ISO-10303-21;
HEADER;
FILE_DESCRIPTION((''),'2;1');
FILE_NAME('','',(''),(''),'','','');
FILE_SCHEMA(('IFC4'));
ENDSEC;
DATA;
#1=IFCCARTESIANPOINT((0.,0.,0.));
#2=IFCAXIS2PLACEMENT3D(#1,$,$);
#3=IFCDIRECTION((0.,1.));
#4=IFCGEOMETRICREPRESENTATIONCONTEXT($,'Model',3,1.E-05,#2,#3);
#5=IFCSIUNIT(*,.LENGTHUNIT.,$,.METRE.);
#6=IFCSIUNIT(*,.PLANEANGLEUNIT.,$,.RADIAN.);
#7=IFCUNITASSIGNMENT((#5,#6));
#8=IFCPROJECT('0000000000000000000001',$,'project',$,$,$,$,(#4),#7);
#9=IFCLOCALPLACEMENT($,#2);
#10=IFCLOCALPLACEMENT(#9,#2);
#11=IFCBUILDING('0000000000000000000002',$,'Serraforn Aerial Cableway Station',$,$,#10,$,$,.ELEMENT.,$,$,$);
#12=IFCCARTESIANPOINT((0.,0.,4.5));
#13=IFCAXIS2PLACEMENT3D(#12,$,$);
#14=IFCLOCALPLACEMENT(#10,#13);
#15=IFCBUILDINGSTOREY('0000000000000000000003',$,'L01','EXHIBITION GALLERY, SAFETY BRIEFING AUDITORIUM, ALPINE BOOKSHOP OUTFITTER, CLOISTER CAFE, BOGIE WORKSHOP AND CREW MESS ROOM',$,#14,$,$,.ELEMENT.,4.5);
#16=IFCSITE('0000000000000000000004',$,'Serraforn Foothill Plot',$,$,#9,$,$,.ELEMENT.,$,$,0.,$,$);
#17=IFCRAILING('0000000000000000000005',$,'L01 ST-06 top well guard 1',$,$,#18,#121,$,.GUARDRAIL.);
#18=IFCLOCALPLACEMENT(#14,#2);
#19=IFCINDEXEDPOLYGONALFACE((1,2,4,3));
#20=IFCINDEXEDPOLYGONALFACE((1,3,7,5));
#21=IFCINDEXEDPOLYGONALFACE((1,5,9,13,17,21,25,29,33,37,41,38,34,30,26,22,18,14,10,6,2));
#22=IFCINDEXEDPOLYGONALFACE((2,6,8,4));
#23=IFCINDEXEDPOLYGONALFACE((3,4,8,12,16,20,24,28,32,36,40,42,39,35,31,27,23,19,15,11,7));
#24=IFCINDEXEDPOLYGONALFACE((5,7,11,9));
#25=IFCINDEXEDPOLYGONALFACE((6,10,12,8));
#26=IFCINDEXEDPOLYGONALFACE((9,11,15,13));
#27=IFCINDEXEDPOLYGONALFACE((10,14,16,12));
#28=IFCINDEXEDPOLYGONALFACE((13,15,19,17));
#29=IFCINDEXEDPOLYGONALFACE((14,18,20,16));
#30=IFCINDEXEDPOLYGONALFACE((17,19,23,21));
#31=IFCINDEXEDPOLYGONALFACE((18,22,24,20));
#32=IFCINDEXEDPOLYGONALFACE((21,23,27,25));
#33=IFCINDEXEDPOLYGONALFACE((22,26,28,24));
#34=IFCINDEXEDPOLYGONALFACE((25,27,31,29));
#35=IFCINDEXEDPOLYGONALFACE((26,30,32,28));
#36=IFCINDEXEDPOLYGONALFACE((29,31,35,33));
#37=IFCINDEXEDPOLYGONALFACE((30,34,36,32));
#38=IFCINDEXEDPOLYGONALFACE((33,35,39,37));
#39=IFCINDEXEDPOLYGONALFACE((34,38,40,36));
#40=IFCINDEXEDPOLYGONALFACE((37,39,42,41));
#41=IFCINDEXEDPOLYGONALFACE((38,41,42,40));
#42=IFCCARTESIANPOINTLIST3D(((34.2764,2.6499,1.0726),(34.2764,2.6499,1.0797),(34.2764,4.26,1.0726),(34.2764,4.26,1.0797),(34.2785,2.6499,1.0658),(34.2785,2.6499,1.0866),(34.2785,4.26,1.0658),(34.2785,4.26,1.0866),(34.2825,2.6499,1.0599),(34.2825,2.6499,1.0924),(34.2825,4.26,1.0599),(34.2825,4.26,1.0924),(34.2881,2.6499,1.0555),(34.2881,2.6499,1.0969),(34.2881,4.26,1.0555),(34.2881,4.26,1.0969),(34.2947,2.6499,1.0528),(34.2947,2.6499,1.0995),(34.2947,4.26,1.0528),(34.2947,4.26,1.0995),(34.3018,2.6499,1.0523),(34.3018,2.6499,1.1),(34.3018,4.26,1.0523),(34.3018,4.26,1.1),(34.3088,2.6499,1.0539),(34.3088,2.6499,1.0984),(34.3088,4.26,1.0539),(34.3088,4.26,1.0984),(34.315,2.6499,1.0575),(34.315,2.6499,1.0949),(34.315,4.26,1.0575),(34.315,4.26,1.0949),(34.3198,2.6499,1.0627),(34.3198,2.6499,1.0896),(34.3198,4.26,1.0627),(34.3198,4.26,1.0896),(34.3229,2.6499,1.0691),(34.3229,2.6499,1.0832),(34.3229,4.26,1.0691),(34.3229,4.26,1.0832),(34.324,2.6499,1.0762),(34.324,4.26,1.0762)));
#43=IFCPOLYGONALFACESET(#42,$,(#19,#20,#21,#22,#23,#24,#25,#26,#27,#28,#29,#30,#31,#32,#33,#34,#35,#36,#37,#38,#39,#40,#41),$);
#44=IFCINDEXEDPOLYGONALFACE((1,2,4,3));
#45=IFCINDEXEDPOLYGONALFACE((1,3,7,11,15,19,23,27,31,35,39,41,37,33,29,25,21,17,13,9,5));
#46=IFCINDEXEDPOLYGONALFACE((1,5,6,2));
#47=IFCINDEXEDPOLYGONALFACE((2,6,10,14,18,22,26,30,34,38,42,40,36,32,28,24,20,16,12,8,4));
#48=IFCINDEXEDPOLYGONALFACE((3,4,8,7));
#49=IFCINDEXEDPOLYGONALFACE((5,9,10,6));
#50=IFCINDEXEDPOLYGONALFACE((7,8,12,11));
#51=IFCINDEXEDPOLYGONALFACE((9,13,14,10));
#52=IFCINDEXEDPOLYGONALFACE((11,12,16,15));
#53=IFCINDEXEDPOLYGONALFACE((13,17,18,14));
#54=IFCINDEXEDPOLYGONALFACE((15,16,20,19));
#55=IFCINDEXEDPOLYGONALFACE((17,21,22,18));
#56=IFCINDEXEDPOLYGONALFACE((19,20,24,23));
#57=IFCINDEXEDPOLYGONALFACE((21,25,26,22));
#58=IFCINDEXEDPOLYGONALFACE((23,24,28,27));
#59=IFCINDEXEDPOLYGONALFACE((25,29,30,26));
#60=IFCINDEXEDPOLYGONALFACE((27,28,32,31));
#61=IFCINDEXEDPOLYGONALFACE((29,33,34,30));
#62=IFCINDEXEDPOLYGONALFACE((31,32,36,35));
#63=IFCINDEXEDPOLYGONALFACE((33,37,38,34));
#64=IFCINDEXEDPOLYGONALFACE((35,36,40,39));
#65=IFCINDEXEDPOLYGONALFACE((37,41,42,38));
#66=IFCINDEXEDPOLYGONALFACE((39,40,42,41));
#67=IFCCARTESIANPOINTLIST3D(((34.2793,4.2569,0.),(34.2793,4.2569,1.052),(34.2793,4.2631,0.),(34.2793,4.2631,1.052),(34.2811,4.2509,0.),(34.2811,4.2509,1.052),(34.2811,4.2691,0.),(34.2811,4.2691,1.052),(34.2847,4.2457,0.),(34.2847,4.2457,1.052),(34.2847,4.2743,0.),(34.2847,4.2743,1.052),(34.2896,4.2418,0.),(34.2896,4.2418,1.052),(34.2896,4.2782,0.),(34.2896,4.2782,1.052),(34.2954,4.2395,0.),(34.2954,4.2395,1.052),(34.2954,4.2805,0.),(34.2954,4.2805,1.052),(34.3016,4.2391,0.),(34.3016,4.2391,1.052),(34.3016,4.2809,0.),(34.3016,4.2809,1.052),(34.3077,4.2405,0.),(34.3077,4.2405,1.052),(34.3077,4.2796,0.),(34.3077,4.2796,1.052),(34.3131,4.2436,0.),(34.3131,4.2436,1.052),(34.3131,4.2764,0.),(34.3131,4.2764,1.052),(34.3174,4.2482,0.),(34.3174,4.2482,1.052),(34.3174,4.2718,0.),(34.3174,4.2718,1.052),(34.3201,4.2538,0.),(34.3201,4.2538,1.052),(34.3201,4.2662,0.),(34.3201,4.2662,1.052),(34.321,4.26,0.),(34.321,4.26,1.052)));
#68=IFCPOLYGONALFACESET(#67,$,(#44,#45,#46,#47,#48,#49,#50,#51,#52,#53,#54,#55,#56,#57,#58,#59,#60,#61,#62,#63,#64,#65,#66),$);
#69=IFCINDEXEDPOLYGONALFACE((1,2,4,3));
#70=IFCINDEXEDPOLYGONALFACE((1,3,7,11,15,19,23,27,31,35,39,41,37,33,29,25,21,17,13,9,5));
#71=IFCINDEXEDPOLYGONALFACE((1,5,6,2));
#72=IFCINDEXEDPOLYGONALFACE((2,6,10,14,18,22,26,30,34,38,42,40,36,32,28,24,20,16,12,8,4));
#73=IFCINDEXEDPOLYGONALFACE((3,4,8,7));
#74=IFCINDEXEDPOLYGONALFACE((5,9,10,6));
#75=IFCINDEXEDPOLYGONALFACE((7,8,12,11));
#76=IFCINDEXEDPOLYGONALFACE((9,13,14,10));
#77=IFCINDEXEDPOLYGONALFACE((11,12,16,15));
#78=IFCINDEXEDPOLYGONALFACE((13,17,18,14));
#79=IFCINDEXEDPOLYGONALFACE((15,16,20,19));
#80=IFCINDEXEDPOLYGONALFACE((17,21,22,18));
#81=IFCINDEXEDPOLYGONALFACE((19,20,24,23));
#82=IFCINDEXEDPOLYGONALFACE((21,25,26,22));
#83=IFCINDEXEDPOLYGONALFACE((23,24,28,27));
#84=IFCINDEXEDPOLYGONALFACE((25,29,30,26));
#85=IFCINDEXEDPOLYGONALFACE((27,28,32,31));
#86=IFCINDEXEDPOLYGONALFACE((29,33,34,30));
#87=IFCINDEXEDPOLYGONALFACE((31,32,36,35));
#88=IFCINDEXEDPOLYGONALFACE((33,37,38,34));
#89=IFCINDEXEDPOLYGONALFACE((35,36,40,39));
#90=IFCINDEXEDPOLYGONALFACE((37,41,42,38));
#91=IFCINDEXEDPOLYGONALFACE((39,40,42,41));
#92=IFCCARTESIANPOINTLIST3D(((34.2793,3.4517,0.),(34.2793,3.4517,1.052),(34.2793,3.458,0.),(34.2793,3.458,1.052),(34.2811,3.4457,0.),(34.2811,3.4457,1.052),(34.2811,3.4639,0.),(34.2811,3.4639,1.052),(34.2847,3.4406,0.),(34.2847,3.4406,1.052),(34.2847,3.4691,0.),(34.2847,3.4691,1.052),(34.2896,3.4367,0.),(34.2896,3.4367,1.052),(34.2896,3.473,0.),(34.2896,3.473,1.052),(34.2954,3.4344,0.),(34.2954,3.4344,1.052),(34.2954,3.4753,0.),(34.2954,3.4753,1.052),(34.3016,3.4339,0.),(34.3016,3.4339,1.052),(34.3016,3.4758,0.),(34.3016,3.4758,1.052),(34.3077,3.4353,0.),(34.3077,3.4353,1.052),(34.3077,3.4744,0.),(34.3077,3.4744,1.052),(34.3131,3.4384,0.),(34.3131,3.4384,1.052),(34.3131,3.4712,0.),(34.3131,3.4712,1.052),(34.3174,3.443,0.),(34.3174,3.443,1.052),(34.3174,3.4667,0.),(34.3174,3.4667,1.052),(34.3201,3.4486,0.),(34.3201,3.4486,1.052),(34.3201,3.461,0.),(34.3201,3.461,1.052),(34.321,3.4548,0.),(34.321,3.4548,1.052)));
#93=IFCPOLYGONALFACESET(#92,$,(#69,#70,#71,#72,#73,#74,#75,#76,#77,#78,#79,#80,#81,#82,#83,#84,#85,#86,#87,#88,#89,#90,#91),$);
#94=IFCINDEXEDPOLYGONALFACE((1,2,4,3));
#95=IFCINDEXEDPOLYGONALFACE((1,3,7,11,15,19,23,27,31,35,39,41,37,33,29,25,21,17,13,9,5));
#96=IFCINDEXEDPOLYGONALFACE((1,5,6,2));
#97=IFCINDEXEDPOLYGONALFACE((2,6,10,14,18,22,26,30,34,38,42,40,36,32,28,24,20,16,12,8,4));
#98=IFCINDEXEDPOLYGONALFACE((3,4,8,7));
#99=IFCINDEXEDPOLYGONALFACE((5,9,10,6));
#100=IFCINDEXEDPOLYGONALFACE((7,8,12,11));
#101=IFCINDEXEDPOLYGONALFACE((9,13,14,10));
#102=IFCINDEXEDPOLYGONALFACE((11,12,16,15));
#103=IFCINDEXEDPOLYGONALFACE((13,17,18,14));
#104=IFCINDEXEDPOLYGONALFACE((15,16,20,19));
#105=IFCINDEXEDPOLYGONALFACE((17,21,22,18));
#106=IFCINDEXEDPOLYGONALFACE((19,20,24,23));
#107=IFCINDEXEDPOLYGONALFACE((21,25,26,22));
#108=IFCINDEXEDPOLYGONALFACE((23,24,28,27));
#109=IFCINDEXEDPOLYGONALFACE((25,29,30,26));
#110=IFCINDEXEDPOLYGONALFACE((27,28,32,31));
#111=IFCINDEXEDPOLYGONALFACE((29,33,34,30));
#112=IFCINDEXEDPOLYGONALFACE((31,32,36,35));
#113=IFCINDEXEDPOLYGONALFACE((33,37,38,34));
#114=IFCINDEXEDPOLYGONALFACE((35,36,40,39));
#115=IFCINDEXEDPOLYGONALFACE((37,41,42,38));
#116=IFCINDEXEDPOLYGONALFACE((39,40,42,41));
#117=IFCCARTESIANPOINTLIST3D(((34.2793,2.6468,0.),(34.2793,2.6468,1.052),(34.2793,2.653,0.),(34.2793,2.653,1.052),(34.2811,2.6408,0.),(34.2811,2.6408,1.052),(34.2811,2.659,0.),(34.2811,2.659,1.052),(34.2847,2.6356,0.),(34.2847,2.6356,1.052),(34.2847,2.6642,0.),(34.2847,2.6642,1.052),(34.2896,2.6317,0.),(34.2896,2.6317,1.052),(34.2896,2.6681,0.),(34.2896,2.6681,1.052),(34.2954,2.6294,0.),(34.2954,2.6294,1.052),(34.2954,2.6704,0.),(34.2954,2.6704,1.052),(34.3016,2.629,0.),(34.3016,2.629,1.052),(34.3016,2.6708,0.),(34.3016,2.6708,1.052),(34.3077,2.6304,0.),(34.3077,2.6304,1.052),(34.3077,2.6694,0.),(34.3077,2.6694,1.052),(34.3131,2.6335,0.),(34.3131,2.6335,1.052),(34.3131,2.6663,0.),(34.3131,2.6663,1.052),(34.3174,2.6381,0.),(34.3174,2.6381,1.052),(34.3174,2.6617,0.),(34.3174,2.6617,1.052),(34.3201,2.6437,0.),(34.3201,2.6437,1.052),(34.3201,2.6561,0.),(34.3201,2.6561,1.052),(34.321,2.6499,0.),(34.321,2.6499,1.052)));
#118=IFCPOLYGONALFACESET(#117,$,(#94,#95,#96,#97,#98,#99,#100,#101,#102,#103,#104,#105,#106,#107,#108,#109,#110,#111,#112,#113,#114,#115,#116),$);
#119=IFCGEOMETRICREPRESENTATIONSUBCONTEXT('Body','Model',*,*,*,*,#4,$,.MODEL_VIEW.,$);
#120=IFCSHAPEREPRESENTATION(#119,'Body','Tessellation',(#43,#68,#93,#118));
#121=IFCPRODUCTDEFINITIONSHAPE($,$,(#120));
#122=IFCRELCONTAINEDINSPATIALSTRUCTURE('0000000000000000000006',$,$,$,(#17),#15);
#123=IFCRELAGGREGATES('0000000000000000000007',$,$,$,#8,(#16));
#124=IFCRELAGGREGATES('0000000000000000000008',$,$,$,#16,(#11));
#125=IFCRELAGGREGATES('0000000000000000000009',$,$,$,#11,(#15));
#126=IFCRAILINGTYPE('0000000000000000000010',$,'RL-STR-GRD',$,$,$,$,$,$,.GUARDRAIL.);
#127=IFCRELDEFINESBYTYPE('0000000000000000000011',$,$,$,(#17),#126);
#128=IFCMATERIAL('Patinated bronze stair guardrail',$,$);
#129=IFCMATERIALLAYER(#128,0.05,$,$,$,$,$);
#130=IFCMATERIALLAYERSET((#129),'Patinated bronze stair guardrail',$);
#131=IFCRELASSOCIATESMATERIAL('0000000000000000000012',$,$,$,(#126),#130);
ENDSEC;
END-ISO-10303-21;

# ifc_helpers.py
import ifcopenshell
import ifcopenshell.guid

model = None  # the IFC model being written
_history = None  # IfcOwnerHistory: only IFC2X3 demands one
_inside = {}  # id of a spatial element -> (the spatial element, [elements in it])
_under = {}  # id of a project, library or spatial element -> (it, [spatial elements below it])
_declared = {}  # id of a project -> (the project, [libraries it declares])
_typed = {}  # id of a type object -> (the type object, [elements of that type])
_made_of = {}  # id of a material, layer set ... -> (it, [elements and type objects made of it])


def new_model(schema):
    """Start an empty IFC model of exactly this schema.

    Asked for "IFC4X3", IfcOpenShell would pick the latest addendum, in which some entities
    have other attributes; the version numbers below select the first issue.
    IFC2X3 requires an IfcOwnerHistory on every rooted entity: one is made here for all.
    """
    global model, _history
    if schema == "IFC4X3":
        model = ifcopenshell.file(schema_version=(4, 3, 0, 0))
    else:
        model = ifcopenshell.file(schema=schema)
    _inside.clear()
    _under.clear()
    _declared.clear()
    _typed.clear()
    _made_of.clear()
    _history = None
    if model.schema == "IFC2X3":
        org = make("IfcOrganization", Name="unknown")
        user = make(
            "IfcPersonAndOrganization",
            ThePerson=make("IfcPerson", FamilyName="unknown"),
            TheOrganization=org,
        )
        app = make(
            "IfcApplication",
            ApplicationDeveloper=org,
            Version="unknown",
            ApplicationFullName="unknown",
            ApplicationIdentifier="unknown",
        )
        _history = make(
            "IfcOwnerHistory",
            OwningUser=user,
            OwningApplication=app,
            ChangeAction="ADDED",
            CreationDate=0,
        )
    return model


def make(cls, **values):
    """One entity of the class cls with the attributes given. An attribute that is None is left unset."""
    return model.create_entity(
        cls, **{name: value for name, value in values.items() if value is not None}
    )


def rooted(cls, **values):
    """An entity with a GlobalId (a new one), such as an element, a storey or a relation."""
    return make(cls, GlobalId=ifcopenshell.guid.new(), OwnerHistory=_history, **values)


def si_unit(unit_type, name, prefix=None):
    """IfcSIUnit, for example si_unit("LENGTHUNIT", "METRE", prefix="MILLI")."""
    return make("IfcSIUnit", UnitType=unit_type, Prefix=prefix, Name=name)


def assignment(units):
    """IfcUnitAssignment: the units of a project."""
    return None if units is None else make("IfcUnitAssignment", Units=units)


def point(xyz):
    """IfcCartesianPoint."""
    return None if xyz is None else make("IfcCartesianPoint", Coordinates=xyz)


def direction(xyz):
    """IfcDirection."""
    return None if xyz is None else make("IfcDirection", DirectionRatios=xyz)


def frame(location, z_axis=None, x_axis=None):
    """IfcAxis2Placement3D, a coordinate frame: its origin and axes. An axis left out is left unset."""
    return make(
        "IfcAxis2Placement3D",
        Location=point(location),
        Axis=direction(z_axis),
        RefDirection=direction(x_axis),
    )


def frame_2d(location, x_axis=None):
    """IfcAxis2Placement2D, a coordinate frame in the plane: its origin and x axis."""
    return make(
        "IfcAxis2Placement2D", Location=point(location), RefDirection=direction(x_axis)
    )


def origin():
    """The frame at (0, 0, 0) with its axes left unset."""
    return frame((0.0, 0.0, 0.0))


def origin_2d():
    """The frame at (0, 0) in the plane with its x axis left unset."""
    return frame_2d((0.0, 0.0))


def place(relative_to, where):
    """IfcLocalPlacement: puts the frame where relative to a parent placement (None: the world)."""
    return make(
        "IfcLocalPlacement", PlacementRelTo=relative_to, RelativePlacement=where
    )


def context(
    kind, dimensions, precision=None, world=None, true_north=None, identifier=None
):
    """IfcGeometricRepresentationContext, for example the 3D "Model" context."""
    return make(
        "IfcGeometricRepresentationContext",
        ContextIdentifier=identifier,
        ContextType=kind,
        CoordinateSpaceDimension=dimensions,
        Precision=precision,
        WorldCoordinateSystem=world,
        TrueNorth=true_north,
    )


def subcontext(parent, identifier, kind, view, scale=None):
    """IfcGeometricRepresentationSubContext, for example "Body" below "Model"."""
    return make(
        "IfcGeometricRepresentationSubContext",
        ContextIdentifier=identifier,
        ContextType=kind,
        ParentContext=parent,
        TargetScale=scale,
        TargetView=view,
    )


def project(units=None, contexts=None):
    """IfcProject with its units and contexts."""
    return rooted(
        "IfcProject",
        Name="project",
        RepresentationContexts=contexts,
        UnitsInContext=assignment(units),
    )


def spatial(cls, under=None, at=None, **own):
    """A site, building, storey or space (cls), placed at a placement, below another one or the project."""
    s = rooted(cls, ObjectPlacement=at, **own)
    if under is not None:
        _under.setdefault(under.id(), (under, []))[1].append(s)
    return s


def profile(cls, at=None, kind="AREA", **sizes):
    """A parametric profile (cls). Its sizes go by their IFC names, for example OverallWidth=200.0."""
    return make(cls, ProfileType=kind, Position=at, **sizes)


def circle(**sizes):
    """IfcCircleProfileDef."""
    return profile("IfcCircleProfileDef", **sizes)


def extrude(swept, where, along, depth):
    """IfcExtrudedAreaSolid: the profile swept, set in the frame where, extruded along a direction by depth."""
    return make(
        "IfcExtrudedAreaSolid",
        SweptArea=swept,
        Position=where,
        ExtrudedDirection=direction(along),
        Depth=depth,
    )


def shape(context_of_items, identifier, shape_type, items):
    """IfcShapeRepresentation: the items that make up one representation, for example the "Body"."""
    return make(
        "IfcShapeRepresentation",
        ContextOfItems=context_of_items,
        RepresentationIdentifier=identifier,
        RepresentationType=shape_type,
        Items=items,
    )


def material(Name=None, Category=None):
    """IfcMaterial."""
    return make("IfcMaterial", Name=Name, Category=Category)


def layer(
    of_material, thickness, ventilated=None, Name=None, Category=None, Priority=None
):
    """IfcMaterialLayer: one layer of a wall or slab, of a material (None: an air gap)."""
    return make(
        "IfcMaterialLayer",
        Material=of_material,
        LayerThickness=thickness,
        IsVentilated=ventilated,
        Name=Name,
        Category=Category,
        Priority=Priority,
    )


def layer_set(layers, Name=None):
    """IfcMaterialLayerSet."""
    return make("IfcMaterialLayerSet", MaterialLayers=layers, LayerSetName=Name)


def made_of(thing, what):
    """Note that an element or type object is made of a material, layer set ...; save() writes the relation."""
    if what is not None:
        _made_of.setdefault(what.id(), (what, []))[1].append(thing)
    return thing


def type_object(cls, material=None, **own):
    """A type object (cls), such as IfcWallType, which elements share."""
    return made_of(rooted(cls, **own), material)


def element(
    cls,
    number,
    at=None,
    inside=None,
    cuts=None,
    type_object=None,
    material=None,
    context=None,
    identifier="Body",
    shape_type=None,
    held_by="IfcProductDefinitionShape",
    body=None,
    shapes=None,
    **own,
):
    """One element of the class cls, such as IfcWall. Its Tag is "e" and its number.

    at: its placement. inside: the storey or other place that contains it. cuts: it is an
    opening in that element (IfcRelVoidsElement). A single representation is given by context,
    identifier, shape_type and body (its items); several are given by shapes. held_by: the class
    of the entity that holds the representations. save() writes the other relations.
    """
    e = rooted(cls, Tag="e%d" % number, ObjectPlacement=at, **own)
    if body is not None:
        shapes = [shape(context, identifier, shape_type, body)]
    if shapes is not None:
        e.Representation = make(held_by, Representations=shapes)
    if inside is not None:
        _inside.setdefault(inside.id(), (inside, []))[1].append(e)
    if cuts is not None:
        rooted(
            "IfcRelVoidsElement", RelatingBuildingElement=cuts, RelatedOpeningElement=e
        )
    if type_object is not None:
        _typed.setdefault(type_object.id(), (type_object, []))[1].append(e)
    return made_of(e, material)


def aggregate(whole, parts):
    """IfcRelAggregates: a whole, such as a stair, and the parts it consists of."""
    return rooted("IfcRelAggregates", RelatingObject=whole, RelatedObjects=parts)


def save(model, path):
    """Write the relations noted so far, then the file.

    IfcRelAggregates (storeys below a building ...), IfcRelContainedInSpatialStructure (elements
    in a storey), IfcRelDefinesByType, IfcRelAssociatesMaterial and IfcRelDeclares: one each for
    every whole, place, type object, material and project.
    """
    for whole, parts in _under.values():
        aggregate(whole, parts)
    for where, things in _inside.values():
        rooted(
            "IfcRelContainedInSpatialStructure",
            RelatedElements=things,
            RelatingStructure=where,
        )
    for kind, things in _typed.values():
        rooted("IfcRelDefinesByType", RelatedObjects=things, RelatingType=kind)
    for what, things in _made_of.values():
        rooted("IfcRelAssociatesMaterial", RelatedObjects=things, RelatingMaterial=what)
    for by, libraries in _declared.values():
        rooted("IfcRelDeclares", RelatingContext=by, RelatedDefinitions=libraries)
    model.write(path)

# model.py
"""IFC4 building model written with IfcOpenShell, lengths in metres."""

from ifc_helpers import new_model, si_unit, direction, frame, origin, origin_2d, place, context, subcontext, project, spatial, circle, extrude, material, layer, layer_set, type_object, element, save


model = new_model("IFC4")

# Units and contexts
model_context = context("Model", 3, precision=1e-05, world=origin(), true_north=direction((0.0, 1.0)))
body_context = subcontext(model_context, "Body", "Model", "MODEL_VIEW")
ifc_project = project(units=[si_unit("LENGTHUNIT", "METRE"), si_unit("PLANEANGLEUNIT", "RADIAN")], contexts=[model_context])

# Site, building, storey
site_placement = place(None, origin())
site = spatial("IfcSite", under=ifc_project, at=site_placement, Name="Serraforn Foothill Plot", CompositionType="ELEMENT", RefElevation=0.0)
building_placement = place(site_placement, origin())
building = spatial("IfcBuilding", under=site, at=building_placement, Name="Serraforn Aerial Cableway Station", CompositionType="ELEMENT")
storey_placement = place(building_placement, frame((0.0, 0.0, 4.5)))
storey = spatial("IfcBuildingStorey", under=building, at=storey_placement, Name="L01", Description="EXHIBITION GALLERY, SAFETY BRIEFING AUDITORIUM, ALPINE BOOKSHOP OUTFITTER, CLOISTER CAFE, BOGIE WORKSHOP AND CREW MESS ROOM", CompositionType="ELEMENT", Elevation=4.5)

# Railing
ifc_material_1 = material(Name="Patinated bronze stair guardrail")
ifc_layer_1 = layer(ifc_material_1, 0.05)
ifc_layer_set_1 = layer_set([ifc_layer_1], Name="Patinated bronze stair guardrail")
railing_type_1 = type_object("IfcRailingType", Name="RL-STR-GRD", PredefinedType="GUARDRAIL", material=ifc_layer_set_1)
railing_1_placement = place(storey_placement, frame((34.3, 4.26, 0.0)))
element("IfcRailing", 1, at=railing_1_placement, inside=storey, type_object=railing_type_1, Name="L01 ST-06 top well guard 1", PredefinedType="GUARDRAIL", context=body_context, shape_type="SweptSolid", body=[
    extrude(circle(Radius=0.0239, at=origin_2d()), frame((0.0, 0.0, 1.0762), z_axis=(0.0, -1.0, 0.0), x_axis=(1.0, 0.0, 0.0)), (0.0, 0.0, 1.0), 1.6101),
    extrude(circle(Radius=0.021, at=origin_2d()), origin(), (0.0, 0.0, 1.0), 1.052),
    extrude(circle(Radius=0.021, at=origin_2d()), frame((0.0, -0.8052, 0.0)), (0.0, 0.0, 1.0), 1.052),
    extrude(circle(Radius=0.021, at=origin_2d()), frame((0.0, -1.6101, 0.0)), (0.0, 0.0, 1.0), 1.052),
])

save(model, "model.ifc")
